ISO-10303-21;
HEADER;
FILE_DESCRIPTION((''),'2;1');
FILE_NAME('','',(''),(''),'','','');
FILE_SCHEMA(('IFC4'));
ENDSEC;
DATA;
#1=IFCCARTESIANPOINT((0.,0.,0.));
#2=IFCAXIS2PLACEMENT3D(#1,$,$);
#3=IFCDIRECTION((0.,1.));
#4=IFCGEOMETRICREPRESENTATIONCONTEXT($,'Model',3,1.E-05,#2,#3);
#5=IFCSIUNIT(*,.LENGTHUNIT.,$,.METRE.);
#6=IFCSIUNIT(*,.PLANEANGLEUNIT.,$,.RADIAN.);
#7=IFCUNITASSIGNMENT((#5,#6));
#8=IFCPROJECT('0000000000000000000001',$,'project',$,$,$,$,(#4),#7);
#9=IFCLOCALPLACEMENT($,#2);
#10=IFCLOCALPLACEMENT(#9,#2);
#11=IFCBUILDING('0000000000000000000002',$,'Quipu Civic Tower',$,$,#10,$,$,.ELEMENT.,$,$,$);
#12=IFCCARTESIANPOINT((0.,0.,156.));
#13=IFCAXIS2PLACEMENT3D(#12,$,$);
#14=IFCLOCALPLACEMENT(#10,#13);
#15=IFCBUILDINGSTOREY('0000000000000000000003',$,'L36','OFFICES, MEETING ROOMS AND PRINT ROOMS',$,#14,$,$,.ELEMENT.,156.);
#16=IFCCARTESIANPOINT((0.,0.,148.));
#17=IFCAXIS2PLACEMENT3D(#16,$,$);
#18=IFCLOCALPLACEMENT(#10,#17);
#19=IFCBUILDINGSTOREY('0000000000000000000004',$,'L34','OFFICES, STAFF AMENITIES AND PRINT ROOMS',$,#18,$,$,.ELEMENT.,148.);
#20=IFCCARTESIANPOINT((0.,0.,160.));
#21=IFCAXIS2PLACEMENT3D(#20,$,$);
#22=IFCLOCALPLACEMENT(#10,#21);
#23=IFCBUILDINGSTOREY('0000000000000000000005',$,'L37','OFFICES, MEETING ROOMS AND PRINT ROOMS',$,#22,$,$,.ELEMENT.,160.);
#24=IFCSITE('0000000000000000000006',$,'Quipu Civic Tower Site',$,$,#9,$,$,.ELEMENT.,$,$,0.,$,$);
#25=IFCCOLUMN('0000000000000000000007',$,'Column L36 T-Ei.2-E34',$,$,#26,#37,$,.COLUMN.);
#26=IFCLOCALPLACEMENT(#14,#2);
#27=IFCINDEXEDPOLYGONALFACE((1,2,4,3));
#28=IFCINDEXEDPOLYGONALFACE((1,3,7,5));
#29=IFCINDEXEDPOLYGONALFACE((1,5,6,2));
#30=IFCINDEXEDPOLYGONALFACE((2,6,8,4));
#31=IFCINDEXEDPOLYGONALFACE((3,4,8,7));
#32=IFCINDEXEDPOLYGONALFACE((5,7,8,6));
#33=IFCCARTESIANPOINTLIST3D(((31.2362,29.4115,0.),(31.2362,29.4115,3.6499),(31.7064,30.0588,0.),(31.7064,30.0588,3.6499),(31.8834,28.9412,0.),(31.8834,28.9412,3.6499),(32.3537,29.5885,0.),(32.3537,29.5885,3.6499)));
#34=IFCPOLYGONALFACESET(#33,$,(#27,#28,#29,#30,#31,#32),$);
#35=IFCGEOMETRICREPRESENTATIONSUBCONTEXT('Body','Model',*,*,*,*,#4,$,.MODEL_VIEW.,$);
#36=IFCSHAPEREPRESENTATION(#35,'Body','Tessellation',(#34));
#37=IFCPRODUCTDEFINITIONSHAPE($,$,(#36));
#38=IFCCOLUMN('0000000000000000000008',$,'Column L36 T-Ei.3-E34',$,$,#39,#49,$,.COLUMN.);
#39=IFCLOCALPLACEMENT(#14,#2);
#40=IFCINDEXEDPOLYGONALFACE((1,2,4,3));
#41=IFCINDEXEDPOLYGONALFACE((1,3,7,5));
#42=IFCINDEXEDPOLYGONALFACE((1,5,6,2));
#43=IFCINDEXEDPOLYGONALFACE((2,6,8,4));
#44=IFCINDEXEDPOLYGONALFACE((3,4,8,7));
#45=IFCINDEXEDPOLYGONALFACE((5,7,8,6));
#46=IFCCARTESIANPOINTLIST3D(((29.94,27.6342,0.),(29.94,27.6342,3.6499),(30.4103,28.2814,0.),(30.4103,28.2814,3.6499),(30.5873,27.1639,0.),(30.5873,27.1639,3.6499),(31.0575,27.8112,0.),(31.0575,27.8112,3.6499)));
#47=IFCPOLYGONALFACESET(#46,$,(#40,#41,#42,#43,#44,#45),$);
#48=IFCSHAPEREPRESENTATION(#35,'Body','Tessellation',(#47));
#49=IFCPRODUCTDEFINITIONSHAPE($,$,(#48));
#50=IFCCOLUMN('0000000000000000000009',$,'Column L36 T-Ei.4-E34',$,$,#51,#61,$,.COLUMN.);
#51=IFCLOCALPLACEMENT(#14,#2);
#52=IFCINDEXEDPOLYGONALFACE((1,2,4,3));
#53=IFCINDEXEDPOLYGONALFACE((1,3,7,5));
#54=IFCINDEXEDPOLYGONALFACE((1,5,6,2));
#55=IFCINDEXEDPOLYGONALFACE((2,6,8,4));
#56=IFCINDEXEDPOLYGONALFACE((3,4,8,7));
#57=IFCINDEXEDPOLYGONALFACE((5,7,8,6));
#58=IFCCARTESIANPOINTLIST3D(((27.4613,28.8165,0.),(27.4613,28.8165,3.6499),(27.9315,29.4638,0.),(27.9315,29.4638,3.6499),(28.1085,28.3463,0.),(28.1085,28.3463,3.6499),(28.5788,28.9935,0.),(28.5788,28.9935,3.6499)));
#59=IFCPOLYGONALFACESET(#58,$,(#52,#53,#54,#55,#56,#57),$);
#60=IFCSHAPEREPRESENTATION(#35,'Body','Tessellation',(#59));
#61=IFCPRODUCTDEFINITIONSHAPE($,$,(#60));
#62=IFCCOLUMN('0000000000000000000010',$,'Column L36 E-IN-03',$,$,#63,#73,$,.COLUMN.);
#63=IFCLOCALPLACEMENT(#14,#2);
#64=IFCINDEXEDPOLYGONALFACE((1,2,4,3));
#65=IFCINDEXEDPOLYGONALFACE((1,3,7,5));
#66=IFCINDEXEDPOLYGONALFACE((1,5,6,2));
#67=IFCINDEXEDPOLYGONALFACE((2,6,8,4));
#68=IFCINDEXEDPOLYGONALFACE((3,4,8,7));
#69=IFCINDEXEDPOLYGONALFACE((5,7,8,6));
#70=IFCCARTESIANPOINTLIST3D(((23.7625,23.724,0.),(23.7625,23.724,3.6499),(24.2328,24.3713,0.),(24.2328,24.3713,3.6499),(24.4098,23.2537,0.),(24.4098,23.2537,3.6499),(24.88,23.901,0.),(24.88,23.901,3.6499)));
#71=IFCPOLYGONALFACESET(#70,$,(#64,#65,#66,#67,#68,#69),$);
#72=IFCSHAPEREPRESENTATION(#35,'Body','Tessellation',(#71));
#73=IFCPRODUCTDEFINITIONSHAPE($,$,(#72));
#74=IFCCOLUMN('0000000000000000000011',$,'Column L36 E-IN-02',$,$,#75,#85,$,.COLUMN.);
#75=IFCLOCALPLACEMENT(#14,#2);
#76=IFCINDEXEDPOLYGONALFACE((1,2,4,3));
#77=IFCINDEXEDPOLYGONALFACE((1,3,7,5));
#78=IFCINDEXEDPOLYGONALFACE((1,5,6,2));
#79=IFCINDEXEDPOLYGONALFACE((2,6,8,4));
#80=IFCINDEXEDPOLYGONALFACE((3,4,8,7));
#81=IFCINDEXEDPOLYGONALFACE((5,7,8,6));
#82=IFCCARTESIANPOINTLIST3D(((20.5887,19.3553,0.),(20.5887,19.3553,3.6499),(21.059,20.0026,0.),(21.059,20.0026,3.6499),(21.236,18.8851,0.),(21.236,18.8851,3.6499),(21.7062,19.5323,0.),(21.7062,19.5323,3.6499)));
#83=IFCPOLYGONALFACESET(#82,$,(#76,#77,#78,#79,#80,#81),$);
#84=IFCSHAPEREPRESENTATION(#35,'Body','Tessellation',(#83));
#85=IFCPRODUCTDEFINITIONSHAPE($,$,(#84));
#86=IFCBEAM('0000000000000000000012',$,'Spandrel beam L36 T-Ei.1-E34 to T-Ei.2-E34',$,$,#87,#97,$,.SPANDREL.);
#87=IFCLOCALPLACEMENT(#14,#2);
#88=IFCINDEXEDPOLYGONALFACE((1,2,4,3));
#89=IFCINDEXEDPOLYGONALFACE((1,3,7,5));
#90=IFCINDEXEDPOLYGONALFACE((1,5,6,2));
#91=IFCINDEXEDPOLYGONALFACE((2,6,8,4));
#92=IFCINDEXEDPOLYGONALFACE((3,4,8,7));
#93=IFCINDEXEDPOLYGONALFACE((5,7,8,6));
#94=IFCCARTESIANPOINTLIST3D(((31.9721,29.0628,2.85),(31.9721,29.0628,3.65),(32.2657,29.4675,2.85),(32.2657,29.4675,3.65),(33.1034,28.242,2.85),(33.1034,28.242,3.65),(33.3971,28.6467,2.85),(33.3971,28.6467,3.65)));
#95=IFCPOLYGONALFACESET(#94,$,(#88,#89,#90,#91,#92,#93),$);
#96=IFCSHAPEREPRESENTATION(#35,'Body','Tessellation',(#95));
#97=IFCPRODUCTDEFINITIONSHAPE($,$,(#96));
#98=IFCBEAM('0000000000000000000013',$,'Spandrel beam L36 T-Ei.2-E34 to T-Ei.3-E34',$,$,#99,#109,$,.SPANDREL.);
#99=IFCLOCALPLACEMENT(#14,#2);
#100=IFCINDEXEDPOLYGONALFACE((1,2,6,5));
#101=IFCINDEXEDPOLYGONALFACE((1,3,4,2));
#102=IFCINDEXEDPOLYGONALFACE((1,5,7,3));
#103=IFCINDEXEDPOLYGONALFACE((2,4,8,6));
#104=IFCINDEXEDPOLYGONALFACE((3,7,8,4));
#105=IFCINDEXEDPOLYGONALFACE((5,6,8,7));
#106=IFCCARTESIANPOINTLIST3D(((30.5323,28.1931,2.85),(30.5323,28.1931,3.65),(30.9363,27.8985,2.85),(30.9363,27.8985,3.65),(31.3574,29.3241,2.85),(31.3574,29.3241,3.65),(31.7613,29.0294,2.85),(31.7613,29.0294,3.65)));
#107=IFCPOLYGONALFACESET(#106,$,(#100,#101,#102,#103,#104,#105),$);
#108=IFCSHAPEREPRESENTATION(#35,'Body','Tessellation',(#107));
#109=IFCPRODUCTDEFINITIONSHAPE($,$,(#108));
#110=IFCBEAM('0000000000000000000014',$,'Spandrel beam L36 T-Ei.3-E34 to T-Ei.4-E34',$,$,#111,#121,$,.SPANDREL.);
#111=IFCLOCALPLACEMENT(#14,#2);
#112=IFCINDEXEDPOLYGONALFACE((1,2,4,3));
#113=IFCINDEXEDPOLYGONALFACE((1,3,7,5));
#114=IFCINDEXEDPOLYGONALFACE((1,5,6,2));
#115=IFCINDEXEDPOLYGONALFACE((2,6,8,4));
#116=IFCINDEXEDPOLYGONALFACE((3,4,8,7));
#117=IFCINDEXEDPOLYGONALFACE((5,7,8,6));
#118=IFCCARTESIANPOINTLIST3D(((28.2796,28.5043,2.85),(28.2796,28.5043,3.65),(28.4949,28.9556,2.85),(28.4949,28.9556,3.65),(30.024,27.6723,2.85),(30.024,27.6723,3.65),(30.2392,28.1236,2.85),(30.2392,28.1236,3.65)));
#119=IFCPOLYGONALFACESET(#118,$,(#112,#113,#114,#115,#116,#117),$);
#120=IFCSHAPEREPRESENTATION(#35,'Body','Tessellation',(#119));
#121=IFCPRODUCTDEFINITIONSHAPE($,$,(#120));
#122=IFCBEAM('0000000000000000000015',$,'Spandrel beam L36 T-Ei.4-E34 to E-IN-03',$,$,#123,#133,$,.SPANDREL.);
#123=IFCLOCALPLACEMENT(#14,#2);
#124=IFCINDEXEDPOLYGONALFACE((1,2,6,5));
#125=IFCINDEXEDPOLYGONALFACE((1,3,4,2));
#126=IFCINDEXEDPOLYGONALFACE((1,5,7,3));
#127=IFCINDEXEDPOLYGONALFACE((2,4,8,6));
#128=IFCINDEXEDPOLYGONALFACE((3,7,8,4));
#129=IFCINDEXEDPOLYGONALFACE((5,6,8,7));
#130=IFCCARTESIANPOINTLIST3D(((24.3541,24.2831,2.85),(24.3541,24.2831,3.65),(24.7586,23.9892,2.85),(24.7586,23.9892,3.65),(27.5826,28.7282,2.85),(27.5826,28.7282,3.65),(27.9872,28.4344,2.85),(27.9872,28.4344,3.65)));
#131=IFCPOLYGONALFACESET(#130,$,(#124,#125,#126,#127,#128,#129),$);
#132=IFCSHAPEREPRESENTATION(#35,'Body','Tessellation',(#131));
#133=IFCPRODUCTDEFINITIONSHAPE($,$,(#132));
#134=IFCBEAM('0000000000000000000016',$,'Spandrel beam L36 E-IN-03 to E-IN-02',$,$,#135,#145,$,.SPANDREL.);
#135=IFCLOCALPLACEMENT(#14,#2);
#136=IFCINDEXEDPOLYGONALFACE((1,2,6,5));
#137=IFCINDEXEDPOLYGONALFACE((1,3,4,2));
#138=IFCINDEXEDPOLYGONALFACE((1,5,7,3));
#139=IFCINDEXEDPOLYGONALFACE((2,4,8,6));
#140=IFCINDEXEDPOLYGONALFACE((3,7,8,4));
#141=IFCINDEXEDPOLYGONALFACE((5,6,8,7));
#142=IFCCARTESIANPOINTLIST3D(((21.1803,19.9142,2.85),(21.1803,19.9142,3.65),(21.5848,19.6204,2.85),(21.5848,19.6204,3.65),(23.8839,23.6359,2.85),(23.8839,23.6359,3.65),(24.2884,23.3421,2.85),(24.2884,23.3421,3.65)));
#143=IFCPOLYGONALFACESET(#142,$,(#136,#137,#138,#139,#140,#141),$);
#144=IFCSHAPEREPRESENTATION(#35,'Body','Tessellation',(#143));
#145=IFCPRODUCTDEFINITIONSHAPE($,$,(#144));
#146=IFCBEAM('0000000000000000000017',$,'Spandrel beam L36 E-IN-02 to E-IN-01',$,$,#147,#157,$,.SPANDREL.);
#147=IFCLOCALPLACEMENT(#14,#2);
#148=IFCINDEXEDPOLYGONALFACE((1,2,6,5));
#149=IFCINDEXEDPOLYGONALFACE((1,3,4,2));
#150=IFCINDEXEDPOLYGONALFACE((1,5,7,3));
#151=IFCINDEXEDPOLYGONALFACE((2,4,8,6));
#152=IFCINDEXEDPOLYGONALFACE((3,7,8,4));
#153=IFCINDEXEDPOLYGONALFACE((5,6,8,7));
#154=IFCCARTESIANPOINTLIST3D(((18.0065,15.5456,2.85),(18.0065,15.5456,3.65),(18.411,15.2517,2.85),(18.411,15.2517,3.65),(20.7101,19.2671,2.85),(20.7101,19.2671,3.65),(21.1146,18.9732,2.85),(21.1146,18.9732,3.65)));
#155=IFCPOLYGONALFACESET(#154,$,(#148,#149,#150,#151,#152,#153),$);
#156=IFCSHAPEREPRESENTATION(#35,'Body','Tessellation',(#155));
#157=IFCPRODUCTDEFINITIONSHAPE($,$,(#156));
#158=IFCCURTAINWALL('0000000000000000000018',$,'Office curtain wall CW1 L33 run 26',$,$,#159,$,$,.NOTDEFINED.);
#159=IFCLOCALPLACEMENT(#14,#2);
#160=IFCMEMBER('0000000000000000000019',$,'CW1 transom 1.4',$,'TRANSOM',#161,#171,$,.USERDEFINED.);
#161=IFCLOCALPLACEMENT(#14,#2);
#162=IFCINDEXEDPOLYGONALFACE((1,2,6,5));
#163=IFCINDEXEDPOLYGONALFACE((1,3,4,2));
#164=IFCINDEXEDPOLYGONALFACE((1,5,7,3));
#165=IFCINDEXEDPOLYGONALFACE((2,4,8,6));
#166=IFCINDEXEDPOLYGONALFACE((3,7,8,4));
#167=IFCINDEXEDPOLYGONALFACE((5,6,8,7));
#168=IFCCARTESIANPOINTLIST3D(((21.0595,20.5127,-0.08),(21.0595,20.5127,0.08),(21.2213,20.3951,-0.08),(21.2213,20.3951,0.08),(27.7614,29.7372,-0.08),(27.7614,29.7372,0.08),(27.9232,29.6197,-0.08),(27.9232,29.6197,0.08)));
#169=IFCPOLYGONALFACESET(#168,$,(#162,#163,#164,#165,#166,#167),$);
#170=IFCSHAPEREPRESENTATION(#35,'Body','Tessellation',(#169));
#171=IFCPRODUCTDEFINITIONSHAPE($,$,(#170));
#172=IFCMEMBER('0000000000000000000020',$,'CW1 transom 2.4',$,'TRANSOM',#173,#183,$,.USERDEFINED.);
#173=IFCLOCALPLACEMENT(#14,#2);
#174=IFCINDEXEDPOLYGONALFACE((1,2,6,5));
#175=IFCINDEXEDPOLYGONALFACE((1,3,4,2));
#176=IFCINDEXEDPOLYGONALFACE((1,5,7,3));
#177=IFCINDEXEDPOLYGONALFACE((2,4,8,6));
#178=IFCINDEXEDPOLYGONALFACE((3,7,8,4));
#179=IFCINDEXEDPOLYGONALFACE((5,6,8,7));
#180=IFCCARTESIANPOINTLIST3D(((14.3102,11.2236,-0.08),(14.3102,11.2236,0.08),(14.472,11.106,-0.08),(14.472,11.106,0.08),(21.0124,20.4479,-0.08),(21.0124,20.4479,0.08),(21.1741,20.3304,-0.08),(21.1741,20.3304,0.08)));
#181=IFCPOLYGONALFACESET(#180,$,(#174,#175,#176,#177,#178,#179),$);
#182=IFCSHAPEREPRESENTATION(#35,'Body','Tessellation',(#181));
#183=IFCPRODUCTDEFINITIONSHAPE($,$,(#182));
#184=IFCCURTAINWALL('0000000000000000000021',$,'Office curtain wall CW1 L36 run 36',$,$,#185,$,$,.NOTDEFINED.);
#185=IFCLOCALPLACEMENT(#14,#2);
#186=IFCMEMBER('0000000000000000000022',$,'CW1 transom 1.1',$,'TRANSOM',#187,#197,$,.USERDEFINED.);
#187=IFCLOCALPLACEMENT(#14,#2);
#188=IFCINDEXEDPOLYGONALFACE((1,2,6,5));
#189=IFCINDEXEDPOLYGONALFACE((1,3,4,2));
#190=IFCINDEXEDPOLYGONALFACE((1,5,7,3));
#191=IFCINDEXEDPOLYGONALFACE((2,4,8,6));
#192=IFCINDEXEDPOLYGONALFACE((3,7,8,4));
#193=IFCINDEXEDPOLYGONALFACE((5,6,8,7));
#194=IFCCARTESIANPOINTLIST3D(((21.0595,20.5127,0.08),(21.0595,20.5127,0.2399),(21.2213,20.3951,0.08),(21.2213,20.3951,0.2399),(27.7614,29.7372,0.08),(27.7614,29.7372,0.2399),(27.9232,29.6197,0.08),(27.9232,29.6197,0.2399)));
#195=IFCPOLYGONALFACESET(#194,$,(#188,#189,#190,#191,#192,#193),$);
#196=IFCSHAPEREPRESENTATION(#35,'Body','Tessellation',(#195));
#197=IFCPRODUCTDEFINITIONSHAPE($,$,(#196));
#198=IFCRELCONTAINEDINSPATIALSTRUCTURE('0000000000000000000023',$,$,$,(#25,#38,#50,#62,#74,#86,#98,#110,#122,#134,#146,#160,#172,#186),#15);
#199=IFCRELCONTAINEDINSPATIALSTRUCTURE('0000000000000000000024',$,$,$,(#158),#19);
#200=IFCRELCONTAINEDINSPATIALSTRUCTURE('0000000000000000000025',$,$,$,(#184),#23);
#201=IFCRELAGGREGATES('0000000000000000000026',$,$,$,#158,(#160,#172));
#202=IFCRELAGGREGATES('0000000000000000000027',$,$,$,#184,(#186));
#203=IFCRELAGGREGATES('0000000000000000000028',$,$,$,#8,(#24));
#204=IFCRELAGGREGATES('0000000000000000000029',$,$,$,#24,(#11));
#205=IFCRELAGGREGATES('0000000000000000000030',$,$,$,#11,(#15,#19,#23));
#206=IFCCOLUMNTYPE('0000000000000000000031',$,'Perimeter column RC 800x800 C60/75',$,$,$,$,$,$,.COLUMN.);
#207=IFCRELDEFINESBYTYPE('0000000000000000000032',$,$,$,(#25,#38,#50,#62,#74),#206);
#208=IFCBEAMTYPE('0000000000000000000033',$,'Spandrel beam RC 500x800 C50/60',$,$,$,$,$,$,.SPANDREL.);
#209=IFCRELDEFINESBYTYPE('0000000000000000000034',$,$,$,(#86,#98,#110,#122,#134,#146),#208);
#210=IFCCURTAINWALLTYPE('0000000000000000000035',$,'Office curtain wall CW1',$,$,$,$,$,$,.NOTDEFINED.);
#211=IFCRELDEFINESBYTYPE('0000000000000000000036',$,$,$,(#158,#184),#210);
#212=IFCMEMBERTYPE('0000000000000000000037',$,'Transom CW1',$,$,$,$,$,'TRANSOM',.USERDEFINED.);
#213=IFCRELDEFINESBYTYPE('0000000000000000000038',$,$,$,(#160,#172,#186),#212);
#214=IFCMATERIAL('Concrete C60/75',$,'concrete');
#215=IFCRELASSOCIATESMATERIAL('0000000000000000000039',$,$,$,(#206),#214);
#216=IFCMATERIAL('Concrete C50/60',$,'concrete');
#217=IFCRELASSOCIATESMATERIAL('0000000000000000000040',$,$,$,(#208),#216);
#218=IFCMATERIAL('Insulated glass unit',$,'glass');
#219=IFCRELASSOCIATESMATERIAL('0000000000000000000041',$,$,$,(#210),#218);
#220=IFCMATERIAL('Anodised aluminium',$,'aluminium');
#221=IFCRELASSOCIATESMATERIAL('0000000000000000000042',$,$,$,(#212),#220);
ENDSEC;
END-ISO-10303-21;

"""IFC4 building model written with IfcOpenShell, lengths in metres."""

from ifc_helpers import new_model, si_unit, direction, frame, origin, origin_2d, place, context, subcontext, project, spatial, rectangle, extrude, material, material_profile, profile_set, type_object, element, aggregate, save


model = new_model("IFC4")

# Units and contexts
model_context = context("Model", 3, precision=1e-05, world=origin(), true_north=direction((0.0, 1.0)))
body_context = subcontext(model_context, "Body", "Model", "MODEL_VIEW")
ifc_project = project(units=[si_unit("LENGTHUNIT", "METRE"), si_unit("PLANEANGLEUNIT", "RADIAN")], contexts=[model_context])

# Site, building, storey
site_placement = place(None, origin())
site = spatial("IfcSite", under=ifc_project, at=site_placement, Name="Quipu Civic Tower Site", CompositionType="ELEMENT", RefElevation=0.0)
building_placement = place(site_placement, origin())
building = spatial("IfcBuilding", under=site, at=building_placement, Name="Quipu Civic Tower", CompositionType="ELEMENT")
storey_1_placement = place(building_placement, frame((0.0, 0.0, 156.0)))
storey_1 = spatial("IfcBuildingStorey", under=building, at=storey_1_placement, Name="L36", Description="OFFICES, MEETING ROOMS AND PRINT ROOMS", CompositionType="ELEMENT", Elevation=156.0)

# Columns
ifc_material_1 = material(Name="Concrete C60/75", Category="concrete")
ifc_material_profile_1 = material_profile(ifc_material_1, rectangle(XDim=0.8, YDim=0.8, at=origin_2d()), Name="RC800x800")
ifc_profile_set_1 = profile_set([ifc_material_profile_1], Name="Concrete C60/75")
column_type = type_object("IfcColumnType", Name="Perimeter column RC 800x800 C60/75", PredefinedType="COLUMN", material=ifc_profile_set_1)
for number, where, z_axis, x_axis, name in (
    (1, (31.7949, 29.5, 0.0), (0.0, 0.0, 1.0), (-0.587785, -0.809017, 0.0), "Column L36 T-Ei.2-E34"),
    (2, (30.4988, 27.7227, 0.0), (0.0, 0.0, 1.0), (-0.809017, 0.587785, 0.0), "Column L36 T-Ei.3-E34"),
    (3, (28.02, 28.905, 0.0), (0.0, 0.0, 1.0), (-0.809017, 0.587785, 0.0), "Column L36 T-Ei.4-E34"),
    (4, (24.3213, 23.8125, 0.0), (0.0, 0.0, 1.0), (-0.587785, -0.809017, 0.0), "Column L36 E-IN-03"),
    (5, (21.1475, 19.4438, 0.0), (0.0, 0.0, 1.0), (-0.587785, -0.809017, 0.0), "Column L36 E-IN-02"),
):
    element("IfcColumn", number, at=place(storey_1_placement, frame(where, z_axis=z_axis, x_axis=x_axis)), inside=storey_1, type_object=column_type, Name=name, PredefinedType="COLUMN", context=body_context, shape_type="SweptSolid", body=[
        extrude(rectangle(XDim=0.8, YDim=0.8, at=origin_2d()), origin(), (0.0, 0.0, 1.0), 3.6499),
    ])

# Beams
ifc_material_2 = material(Name="Concrete C50/60", Category="concrete")
ifc_material_profile_2 = material_profile(ifc_material_2, rectangle(XDim=0.5, YDim=0.8, at=origin_2d()), Name="RC500x800")
ifc_profile_set_2 = profile_set([ifc_material_profile_2], Name="Concrete C50/60")
beam_type = type_object("IfcBeamType", Name="Spandrel beam RC 500x800 C50/60", PredefinedType="SPANDREL", material=ifc_profile_set_2)
beam_1_placement = place(storey_1_placement, frame((33.2502, 28.4443, 3.25), z_axis=(-0.809415, 0.587237, 0.0), x_axis=(-0.587237, -0.809415, 0.0)))
element("IfcBeam", 6, at=beam_1_placement, inside=storey_1, type_object=beam_type, Name="Spandrel beam L36 T-Ei.1-E34 to T-Ei.2-E34", PredefinedType="SPANDREL", context=body_context, shape_type="SweptSolid", body=[
    extrude(rectangle(XDim=0.5, YDim=0.8, at=origin_2d()), origin(), (0.0, 0.0, 1.0), 1.3977),
])
beam_2_placement = place(storey_1_placement, frame((31.5593, 29.1768, 3.25), z_axis=(-0.589343, -0.807883, 0.0), x_axis=(0.807883, -0.589343, 0.0)))
element("IfcBeam", 7, at=beam_2_placement, inside=storey_1, type_object=beam_type, Name="Spandrel beam L36 T-Ei.2-E34 to T-Ei.3-E34", PredefinedType="SPANDREL", context=body_context, shape_type="SweptSolid", body=[
    extrude(rectangle(XDim=0.5, YDim=0.8, at=origin_2d()), origin(), (0.0, 0.0, 1.0), 1.3999),
])
beam_3_placement = place(storey_1_placement, frame((30.1316, 27.8979, 3.25), z_axis=(-0.902585, 0.430512, 0.0), x_axis=(-0.430512, -0.902585, 0.0)))
element("IfcBeam", 8, at=beam_3_placement, inside=storey_1, type_object=beam_type, Name="Spandrel beam L36 T-Ei.3-E34 to T-Ei.4-E34", PredefinedType="SPANDREL", context=body_context, shape_type="SweptSolid", body=[
    extrude(rectangle(XDim=0.5, YDim=0.8, at=origin_2d()), origin(), (0.0, 0.0, 1.0), 1.9326),
])
beam_4_placement = place(storey_1_placement, frame((27.7849, 28.5813, 3.25), z_axis=(-0.587664, -0.809105, 0.0), x_axis=(0.809105, -0.587664, 0.0)))
element("IfcBeam", 9, at=beam_4_placement, inside=storey_1, type_object=beam_type, Name="Spandrel beam L36 T-Ei.4-E34 to E-IN-03", PredefinedType="SPANDREL", context=body_context, shape_type="SweptSolid", body=[
    extrude(rectangle(XDim=0.5, YDim=0.8, at=origin_2d()), origin(), (0.0, 0.0, 1.0), 5.4939),
])
beam_5_placement = place(storey_1_placement, frame((24.0862, 23.489, 3.25), z_axis=(-0.587736, -0.809053, 0.0), x_axis=(0.809053, -0.587736, 0.0)))
element("IfcBeam", 10, at=beam_5_placement, inside=storey_1, type_object=beam_type, Name="Spandrel beam L36 E-IN-03 to E-IN-02", PredefinedType="SPANDREL", context=body_context, shape_type="SweptSolid", body=[
    extrude(rectangle(XDim=0.5, YDim=0.8, at=origin_2d()), origin(), (0.0, 0.0, 1.0), 4.6001),
])
beam_6_placement = place(storey_1_placement, frame((20.9124, 19.1201, 3.25), z_axis=(-0.587761, -0.809034, 0.0), x_axis=(0.809034, -0.587761, 0.0)))
element("IfcBeam", 11, at=beam_6_placement, inside=storey_1, type_object=beam_type, Name="Spandrel beam L36 E-IN-02 to E-IN-01", PredefinedType="SPANDREL", context=body_context, shape_type="SweptSolid", body=[
    extrude(rectangle(XDim=0.5, YDim=0.8, at=origin_2d()), origin(), (0.0, 0.0, 1.0), 4.5999),
])

# Shared definitions
storey_2_placement = place(building_placement, frame((0.0, 0.0, 148.0)))
storey_2 = spatial("IfcBuildingStorey", under=building, at=storey_2_placement, Name="L34", Description="OFFICES, STAFF AMENITIES AND PRINT ROOMS", CompositionType="ELEMENT", Elevation=148.0)

# Curtain wall, members
ifc_material_3 = material(Name="Insulated glass unit", Category="glass")
curtain_wall_type = type_object("IfcCurtainWallType", Name="Office curtain wall CW1", PredefinedType="NOTDEFINED", material=ifc_material_3)
curtain_wall_1_placement = place(storey_2_placement, origin())
curtain_wall_1 = element("IfcCurtainWall", 12, at=curtain_wall_1_placement, inside=storey_2, type_object=curtain_wall_type, Name="Office curtain wall CW1 L33 run 26", PredefinedType="NOTDEFINED")
ifc_material_4 = material(Name="Anodised aluminium", Category="aluminium")
ifc_material_profile_3 = material_profile(ifc_material_4, rectangle(XDim=0.2, YDim=0.1599, at=origin_2d()), Name="RECT 200x160")
ifc_profile_set_3 = profile_set([ifc_material_profile_3], Name="Anodised aluminium")
member_type = type_object("IfcMemberType", Name="Transom CW1", ElementType="TRANSOM", PredefinedType="USERDEFINED", material=ifc_profile_set_3)
member_1_placement = place(storey_1_placement, frame((27.8423, 29.6785, 0.0), z_axis=(-0.587776, -0.809024, 0.0), x_axis=(0.809024, -0.587776, 0.0)))
member_1 = element("IfcMember", 13, at=member_1_placement, inside=storey_1, type_object=member_type, Name="CW1 transom 1.4", ObjectType="TRANSOM", PredefinedType="USERDEFINED", context=body_context, shape_type="SweptSolid", body=[
    extrude(rectangle(XDim=0.2, YDim=0.1599, at=origin_2d()), origin(), (0.0, 0.0, 1.0), 11.4021),
])
member_2_placement = place(storey_1_placement, frame((21.0933, 20.3892, 0.0), z_axis=(-0.5878, -0.809006, 0.0), x_axis=(0.809006, -0.5878, 0.0)))
member_2 = element("IfcMember", 14, at=member_2_placement, inside=storey_1, type_object=member_type, Name="CW1 transom 2.4", ObjectType="TRANSOM", PredefinedType="USERDEFINED", context=body_context, shape_type="SweptSolid", body=[
    extrude(rectangle(XDim=0.2, YDim=0.1599, at=origin_2d()), origin(), (0.0, 0.0, 1.0), 11.4021),
])
aggregate(curtain_wall_1, [member_1, member_2])

# Shared definitions
storey_3_placement = place(building_placement, frame((0.0, 0.0, 160.0)))
storey_3 = spatial("IfcBuildingStorey", under=building, at=storey_3_placement, Name="L37", Description="OFFICES, MEETING ROOMS AND PRINT ROOMS", CompositionType="ELEMENT", Elevation=160.0)

# Curtain wall, member
curtain_wall_2_placement = place(storey_3_placement, origin())
curtain_wall_2 = element("IfcCurtainWall", 15, at=curtain_wall_2_placement, inside=storey_3, type_object=curtain_wall_type, Name="Office curtain wall CW1 L36 run 36", PredefinedType="NOTDEFINED")
member_3_placement = place(storey_1_placement, frame((27.8423, 29.6785, 0.1599), z_axis=(-0.587776, -0.809024, 0.0), x_axis=(0.809024, -0.587776, 0.0)))
member_3 = element("IfcMember", 16, at=member_3_placement, inside=storey_1, type_object=member_type, Name="CW1 transom 1.1", ObjectType="TRANSOM", PredefinedType="USERDEFINED", context=body_context, shape_type="SweptSolid", body=[
    extrude(rectangle(XDim=0.2, YDim=0.1599, at=origin_2d()), origin(), (0.0, 0.0, 1.0), 11.4021),
])
aggregate(curtain_wall_2, [member_3])

save(model, "model.ifc")
